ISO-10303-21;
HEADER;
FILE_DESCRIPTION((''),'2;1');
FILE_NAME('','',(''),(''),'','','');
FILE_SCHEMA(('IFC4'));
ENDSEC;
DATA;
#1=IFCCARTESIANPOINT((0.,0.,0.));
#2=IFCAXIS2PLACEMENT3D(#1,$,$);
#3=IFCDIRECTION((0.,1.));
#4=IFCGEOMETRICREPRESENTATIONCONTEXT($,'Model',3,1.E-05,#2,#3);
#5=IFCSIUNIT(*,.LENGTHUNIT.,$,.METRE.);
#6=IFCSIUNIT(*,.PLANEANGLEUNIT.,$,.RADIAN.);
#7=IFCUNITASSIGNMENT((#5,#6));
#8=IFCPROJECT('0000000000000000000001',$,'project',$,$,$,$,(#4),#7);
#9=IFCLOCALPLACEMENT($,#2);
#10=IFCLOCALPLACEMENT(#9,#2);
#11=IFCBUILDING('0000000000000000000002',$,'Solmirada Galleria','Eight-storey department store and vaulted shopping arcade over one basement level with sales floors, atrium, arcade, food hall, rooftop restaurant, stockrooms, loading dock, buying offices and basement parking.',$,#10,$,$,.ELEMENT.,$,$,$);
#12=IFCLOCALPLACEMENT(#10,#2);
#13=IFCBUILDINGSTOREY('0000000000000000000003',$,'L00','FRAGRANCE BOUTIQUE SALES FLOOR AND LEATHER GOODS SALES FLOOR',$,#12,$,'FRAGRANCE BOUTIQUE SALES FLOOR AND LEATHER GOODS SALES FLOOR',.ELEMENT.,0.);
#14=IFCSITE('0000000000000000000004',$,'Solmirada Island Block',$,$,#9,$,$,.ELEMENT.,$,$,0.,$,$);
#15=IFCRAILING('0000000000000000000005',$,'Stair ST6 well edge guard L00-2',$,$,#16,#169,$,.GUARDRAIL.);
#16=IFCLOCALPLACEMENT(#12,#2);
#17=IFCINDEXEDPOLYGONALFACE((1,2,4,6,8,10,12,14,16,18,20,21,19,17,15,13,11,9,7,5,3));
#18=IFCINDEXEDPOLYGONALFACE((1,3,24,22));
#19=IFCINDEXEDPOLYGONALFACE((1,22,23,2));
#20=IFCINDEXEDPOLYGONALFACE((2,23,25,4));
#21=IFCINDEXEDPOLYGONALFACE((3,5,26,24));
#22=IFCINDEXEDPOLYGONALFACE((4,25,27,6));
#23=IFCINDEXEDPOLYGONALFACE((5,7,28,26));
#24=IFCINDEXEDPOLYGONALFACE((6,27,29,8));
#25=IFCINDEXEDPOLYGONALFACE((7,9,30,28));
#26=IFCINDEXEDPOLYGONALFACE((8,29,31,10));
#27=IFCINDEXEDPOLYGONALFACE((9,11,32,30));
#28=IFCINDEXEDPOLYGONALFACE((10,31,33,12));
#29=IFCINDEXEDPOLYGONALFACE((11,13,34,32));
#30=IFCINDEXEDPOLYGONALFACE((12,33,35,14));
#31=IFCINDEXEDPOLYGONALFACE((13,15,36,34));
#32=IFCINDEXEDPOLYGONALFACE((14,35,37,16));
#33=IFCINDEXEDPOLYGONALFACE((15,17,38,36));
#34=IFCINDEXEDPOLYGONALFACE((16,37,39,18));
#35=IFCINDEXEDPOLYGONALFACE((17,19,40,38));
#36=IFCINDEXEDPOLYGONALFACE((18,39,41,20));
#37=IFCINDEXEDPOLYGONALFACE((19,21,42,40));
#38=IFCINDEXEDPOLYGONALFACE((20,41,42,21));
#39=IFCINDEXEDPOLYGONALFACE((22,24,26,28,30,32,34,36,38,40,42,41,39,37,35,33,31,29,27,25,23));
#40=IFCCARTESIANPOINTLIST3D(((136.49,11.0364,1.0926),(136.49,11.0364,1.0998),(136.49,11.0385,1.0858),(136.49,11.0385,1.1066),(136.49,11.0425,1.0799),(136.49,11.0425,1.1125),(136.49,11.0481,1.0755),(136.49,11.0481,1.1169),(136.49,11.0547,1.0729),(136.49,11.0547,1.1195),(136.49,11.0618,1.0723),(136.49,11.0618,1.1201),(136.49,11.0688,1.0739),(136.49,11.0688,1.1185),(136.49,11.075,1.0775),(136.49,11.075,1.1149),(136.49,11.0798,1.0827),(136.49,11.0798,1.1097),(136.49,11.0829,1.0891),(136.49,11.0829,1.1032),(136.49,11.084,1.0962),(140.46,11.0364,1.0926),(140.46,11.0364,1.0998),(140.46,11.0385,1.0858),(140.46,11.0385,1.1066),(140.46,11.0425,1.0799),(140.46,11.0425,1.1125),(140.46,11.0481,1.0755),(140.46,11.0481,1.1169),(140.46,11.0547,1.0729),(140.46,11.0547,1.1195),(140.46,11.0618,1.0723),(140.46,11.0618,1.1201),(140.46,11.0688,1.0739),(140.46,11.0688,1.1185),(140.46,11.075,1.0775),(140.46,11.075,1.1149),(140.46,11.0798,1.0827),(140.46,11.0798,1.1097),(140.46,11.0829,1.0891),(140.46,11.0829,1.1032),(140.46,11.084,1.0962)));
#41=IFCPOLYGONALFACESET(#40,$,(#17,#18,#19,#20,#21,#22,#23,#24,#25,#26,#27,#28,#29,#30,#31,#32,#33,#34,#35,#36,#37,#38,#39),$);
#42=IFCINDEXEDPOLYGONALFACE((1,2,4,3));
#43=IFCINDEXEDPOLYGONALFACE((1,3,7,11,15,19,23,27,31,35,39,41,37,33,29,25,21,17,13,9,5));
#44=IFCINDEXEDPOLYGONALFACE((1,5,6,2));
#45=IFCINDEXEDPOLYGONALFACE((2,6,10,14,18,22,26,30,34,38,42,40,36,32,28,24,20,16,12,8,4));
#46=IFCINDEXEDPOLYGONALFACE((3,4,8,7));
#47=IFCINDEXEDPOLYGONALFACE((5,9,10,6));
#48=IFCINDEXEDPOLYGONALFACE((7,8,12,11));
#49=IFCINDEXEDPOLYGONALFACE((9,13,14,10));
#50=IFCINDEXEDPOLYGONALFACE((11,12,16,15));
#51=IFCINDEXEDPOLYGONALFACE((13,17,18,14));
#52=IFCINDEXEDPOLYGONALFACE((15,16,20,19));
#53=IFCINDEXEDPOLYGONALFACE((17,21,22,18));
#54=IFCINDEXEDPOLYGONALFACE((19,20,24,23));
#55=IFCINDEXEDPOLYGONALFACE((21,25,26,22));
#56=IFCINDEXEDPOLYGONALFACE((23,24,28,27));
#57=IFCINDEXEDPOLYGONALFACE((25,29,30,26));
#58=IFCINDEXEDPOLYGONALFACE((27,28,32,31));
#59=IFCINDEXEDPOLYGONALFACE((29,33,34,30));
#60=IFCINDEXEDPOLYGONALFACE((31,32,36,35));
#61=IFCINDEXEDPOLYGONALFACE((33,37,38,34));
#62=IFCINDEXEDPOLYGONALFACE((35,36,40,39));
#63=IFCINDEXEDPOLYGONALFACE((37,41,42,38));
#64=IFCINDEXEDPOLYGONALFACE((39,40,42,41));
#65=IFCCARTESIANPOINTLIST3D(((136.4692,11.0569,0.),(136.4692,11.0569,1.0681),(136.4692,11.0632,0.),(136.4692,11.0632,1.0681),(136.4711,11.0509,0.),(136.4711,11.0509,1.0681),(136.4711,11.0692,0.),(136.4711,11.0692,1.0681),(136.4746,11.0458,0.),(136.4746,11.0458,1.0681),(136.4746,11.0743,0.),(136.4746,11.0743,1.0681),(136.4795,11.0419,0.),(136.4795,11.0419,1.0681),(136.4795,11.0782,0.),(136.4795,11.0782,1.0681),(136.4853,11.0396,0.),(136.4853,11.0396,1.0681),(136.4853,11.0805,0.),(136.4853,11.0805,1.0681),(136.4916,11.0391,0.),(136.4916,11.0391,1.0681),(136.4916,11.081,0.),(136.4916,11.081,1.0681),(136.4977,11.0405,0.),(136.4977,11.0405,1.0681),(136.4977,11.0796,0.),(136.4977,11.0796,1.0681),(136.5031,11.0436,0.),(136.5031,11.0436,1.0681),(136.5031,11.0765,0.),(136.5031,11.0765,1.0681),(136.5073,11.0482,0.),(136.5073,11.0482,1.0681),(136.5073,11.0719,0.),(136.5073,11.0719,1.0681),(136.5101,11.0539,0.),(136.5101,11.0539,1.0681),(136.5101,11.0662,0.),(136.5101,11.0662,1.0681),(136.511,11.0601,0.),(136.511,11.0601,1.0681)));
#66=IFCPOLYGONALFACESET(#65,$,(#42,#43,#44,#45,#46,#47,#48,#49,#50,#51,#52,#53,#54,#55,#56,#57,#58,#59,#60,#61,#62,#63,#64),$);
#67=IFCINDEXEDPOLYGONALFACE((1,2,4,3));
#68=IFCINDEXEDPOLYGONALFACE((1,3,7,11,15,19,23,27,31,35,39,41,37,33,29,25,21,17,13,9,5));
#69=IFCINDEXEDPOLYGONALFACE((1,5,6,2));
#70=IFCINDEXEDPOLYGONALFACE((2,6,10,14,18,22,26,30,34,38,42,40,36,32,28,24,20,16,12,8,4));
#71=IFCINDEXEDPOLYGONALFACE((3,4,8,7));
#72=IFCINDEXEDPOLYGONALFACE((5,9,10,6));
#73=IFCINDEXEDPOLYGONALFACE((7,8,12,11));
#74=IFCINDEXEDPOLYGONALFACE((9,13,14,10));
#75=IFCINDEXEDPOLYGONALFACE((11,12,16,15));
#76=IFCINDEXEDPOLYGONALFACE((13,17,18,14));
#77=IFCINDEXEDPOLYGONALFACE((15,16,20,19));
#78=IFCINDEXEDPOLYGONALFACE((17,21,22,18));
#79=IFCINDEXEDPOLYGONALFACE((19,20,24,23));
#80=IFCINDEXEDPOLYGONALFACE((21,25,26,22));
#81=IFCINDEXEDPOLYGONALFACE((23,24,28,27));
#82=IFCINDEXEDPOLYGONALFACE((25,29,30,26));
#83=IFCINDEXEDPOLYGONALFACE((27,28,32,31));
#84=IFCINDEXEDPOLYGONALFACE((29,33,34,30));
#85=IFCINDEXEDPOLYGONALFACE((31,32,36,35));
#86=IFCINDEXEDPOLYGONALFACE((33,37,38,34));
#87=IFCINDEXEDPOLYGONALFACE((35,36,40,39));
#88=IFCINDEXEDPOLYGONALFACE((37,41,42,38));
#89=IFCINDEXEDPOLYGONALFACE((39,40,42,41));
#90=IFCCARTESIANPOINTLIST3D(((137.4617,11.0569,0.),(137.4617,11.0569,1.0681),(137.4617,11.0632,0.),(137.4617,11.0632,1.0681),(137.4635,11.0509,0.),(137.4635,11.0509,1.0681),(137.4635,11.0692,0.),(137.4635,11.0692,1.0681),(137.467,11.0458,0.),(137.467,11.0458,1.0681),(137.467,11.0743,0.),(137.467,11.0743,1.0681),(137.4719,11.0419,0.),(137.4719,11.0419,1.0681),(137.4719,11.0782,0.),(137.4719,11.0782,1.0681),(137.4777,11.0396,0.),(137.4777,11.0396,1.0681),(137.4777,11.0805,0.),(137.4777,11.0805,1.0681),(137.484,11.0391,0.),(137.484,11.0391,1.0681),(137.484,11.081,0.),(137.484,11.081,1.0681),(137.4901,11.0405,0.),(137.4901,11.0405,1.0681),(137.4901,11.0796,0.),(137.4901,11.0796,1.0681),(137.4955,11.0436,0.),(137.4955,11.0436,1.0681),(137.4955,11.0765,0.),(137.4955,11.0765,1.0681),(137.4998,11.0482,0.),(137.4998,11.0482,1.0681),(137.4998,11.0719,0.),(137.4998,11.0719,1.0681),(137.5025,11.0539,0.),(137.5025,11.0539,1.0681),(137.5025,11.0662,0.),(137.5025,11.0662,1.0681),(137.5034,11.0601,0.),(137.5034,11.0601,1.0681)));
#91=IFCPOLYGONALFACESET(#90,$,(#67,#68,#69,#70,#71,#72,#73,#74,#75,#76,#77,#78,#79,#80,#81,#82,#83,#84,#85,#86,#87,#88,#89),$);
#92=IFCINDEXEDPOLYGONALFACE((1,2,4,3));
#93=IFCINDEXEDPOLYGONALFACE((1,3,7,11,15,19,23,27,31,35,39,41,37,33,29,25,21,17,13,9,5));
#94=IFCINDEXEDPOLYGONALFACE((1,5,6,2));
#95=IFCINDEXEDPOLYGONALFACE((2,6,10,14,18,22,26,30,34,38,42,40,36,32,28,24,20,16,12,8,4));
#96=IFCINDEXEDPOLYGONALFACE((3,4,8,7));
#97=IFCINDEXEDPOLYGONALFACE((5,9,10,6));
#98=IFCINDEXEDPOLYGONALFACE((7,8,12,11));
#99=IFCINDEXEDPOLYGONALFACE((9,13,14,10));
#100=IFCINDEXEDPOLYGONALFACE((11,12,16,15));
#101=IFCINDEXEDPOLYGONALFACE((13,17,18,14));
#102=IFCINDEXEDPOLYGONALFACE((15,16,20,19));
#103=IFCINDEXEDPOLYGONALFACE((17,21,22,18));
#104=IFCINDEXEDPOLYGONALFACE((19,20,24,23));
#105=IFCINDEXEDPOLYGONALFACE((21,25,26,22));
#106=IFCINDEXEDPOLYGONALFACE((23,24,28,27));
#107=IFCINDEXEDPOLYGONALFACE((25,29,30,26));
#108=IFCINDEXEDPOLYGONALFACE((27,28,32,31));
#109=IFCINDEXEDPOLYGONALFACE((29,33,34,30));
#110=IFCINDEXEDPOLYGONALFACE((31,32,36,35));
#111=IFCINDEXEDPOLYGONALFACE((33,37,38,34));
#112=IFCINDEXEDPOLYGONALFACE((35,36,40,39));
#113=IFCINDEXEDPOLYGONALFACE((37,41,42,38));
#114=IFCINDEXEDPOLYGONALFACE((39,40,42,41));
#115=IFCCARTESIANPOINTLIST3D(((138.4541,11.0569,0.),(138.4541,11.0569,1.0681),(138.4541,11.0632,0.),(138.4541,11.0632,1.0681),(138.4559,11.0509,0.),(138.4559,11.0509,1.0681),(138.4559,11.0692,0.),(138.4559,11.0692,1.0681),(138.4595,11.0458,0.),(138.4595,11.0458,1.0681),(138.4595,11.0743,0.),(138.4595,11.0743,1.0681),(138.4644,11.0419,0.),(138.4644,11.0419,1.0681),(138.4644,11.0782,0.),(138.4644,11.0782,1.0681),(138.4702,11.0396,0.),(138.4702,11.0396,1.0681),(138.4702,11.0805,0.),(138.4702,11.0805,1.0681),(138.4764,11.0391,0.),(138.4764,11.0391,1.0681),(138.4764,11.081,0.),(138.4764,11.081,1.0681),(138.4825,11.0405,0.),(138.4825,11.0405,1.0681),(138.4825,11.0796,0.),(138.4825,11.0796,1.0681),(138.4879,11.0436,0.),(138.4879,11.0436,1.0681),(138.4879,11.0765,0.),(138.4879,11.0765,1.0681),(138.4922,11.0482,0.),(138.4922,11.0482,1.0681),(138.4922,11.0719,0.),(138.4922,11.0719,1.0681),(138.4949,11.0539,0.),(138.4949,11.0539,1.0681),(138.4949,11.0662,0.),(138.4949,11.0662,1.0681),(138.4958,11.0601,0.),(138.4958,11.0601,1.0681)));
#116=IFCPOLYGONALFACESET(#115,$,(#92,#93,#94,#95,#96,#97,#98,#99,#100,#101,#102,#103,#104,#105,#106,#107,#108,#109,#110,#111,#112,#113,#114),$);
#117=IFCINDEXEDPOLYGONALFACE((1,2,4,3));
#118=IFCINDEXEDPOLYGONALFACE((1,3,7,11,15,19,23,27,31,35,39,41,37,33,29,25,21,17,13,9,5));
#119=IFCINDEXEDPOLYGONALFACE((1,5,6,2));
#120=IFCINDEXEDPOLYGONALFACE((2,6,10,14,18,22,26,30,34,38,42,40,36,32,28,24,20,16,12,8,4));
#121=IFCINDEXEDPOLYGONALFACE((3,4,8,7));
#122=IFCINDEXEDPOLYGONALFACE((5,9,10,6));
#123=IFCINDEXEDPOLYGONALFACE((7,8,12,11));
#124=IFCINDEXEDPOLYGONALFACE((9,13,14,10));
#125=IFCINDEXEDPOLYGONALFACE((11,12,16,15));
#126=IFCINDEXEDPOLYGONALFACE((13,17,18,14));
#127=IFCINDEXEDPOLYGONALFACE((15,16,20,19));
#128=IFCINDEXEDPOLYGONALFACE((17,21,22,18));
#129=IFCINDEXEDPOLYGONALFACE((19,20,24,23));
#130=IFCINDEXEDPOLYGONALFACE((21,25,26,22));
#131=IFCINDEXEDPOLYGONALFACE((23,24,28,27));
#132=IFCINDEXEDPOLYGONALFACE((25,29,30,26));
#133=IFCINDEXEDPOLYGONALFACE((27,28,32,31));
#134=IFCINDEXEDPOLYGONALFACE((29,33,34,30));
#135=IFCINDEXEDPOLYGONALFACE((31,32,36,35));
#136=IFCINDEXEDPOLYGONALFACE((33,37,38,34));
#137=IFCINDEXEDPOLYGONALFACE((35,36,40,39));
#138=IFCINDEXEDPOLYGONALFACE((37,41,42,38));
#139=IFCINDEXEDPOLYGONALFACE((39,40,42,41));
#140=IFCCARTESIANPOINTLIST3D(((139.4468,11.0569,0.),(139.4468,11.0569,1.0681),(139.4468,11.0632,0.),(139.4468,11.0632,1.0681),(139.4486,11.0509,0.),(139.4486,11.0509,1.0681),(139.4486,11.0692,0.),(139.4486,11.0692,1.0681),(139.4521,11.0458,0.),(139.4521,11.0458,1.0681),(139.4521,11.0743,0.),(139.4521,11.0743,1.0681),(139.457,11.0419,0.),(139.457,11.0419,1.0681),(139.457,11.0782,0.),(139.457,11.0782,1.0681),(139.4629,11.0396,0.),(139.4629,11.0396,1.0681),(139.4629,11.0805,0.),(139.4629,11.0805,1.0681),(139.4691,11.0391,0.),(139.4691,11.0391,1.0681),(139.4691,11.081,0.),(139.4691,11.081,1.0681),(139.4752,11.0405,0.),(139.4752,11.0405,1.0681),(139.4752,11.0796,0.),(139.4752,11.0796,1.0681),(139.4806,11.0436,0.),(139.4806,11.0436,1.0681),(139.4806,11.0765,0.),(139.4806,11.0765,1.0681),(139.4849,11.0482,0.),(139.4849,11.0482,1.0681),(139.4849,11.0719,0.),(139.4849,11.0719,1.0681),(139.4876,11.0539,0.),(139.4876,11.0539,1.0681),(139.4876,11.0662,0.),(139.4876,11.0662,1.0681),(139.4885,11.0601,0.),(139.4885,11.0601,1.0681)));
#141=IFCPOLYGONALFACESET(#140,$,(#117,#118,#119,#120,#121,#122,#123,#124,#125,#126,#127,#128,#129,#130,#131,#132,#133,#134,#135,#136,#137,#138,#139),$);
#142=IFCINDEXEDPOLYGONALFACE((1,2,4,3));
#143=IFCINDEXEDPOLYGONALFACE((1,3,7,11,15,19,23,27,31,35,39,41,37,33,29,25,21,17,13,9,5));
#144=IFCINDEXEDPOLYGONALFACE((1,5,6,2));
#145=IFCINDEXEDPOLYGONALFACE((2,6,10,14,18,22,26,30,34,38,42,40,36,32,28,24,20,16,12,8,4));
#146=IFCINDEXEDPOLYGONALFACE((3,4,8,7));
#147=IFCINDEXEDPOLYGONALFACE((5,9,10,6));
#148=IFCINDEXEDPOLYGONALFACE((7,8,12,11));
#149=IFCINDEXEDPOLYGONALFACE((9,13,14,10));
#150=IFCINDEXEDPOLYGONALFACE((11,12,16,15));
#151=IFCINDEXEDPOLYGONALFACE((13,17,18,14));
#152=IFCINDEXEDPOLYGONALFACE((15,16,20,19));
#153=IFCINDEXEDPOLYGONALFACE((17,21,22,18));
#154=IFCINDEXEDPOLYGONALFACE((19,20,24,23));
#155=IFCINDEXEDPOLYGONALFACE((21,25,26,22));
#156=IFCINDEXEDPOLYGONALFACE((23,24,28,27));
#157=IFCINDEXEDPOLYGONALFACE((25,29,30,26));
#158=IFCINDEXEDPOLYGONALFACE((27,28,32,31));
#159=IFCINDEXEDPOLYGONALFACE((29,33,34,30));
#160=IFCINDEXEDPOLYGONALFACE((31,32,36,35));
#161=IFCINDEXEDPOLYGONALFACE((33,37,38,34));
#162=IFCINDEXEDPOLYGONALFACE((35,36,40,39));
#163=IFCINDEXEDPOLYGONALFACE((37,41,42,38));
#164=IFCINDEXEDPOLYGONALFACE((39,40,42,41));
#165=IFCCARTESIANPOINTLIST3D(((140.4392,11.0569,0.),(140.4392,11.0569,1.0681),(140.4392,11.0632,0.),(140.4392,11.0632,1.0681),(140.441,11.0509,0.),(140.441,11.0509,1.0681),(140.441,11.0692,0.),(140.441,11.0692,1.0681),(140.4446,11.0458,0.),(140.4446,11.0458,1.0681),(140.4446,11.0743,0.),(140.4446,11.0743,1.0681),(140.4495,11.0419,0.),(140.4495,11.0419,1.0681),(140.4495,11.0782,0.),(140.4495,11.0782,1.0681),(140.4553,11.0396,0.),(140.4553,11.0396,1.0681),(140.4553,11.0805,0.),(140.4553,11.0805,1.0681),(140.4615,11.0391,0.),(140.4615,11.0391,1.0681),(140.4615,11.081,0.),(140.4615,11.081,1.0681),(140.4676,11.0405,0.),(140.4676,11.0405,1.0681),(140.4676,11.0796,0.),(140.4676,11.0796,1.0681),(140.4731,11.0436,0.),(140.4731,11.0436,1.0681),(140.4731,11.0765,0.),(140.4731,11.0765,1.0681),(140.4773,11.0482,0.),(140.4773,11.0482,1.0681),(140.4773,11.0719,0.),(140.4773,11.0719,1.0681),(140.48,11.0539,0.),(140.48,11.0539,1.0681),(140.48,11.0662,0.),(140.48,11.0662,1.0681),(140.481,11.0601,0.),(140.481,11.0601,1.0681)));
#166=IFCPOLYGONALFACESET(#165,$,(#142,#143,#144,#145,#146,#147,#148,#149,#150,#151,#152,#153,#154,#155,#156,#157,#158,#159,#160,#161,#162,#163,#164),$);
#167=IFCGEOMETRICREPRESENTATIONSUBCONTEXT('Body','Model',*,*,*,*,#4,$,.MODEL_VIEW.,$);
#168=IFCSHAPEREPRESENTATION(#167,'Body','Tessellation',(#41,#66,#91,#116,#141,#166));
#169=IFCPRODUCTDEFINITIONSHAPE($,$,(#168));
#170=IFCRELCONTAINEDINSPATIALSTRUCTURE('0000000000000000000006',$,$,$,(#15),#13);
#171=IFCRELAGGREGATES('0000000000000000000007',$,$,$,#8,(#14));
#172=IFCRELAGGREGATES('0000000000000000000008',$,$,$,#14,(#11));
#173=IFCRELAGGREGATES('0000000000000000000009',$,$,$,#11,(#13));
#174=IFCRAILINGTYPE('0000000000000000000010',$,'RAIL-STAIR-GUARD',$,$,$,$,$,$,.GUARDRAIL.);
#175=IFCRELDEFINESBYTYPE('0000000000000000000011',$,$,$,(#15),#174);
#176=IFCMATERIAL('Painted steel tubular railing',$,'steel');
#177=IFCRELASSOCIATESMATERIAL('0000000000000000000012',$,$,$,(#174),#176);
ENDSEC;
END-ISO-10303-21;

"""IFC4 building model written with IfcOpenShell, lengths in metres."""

from ifc_helpers import new_model, si_unit, direction, frame, origin, origin_2d, place, context, subcontext, project, spatial, circle, extrude, material, type_object, element, save


model = new_model("IFC4")

# Units and contexts
model_context = context("Model", 3, precision=1e-05, world=origin(), true_north=direction((0.0, 1.0)))
body_context = subcontext(model_context, "Body", "Model", "MODEL_VIEW")
ifc_project = project(units=[si_unit("LENGTHUNIT", "METRE"), si_unit("PLANEANGLEUNIT", "RADIAN")], contexts=[model_context])

# Site, building, storey
site_placement = place(None, origin())
site = spatial("IfcSite", under=ifc_project, at=site_placement, Name="Solmirada Island Block", CompositionType="ELEMENT", RefElevation=0.0)
building_placement = place(site_placement, origin())
building = spatial("IfcBuilding", under=site, at=building_placement, Name="Solmirada Galleria", Description="Eight-storey department store and vaulted shopping arcade over one basement level with sales floors, atrium, arcade, food hall, rooftop restaurant, stockrooms, loading dock, buying offices and basement parking.", CompositionType="ELEMENT")
storey_placement = place(building_placement, origin())
storey = spatial("IfcBuildingStorey", under=building, at=storey_placement, Name="L00", Description="FRAGRANCE BOUTIQUE SALES FLOOR AND LEATHER GOODS SALES FLOOR", LongName="FRAGRANCE BOUTIQUE SALES FLOOR AND LEATHER GOODS SALES FLOOR", CompositionType="ELEMENT", Elevation=0.0)

# Railing
ifc_material_1 = material(Name="Painted steel tubular railing", Category="steel")
railing_type_1 = type_object("IfcRailingType", Name="RAIL-STAIR-GUARD", PredefinedType="GUARDRAIL", material=ifc_material_1)
railing_1_placement = place(storey_placement, frame((136.49, 11.0601, 0.0)))
element("IfcRailing", 1, at=railing_1_placement, inside=storey, type_object=railing_type_1, Name="Stair ST6 well edge guard L00-2", PredefinedType="GUARDRAIL", context=body_context, shape_type="SweptSolid", body=[
    extrude(circle(Radius=0.0239, at=origin_2d()), frame((0.0, 0.0, 1.0962), z_axis=(1.0, 0.0, 0.0), x_axis=(0.0, 1.0, 0.0)), (0.0, 0.0, 1.0), 3.97),
    extrude(circle(Radius=0.021, at=origin_2d()), origin(), (0.0, 0.0, 1.0), 1.0681),
    extrude(circle(Radius=0.021, at=origin_2d()), frame((0.9924, 0.0, 0.0)), (0.0, 0.0, 1.0), 1.0681),
    extrude(circle(Radius=0.021, at=origin_2d()), frame((1.9849, 0.0, 0.0)), (0.0, 0.0, 1.0), 1.0681),
    extrude(circle(Radius=0.021, at=origin_2d()), frame((2.9775, 0.0, 0.0)), (0.0, 0.0, 1.0), 1.0681),
    extrude(circle(Radius=0.021, at=origin_2d()), frame((3.97, 0.0, 0.0)), (0.0, 0.0, 1.0), 1.0681),
])

save(model, "model.ifc")
